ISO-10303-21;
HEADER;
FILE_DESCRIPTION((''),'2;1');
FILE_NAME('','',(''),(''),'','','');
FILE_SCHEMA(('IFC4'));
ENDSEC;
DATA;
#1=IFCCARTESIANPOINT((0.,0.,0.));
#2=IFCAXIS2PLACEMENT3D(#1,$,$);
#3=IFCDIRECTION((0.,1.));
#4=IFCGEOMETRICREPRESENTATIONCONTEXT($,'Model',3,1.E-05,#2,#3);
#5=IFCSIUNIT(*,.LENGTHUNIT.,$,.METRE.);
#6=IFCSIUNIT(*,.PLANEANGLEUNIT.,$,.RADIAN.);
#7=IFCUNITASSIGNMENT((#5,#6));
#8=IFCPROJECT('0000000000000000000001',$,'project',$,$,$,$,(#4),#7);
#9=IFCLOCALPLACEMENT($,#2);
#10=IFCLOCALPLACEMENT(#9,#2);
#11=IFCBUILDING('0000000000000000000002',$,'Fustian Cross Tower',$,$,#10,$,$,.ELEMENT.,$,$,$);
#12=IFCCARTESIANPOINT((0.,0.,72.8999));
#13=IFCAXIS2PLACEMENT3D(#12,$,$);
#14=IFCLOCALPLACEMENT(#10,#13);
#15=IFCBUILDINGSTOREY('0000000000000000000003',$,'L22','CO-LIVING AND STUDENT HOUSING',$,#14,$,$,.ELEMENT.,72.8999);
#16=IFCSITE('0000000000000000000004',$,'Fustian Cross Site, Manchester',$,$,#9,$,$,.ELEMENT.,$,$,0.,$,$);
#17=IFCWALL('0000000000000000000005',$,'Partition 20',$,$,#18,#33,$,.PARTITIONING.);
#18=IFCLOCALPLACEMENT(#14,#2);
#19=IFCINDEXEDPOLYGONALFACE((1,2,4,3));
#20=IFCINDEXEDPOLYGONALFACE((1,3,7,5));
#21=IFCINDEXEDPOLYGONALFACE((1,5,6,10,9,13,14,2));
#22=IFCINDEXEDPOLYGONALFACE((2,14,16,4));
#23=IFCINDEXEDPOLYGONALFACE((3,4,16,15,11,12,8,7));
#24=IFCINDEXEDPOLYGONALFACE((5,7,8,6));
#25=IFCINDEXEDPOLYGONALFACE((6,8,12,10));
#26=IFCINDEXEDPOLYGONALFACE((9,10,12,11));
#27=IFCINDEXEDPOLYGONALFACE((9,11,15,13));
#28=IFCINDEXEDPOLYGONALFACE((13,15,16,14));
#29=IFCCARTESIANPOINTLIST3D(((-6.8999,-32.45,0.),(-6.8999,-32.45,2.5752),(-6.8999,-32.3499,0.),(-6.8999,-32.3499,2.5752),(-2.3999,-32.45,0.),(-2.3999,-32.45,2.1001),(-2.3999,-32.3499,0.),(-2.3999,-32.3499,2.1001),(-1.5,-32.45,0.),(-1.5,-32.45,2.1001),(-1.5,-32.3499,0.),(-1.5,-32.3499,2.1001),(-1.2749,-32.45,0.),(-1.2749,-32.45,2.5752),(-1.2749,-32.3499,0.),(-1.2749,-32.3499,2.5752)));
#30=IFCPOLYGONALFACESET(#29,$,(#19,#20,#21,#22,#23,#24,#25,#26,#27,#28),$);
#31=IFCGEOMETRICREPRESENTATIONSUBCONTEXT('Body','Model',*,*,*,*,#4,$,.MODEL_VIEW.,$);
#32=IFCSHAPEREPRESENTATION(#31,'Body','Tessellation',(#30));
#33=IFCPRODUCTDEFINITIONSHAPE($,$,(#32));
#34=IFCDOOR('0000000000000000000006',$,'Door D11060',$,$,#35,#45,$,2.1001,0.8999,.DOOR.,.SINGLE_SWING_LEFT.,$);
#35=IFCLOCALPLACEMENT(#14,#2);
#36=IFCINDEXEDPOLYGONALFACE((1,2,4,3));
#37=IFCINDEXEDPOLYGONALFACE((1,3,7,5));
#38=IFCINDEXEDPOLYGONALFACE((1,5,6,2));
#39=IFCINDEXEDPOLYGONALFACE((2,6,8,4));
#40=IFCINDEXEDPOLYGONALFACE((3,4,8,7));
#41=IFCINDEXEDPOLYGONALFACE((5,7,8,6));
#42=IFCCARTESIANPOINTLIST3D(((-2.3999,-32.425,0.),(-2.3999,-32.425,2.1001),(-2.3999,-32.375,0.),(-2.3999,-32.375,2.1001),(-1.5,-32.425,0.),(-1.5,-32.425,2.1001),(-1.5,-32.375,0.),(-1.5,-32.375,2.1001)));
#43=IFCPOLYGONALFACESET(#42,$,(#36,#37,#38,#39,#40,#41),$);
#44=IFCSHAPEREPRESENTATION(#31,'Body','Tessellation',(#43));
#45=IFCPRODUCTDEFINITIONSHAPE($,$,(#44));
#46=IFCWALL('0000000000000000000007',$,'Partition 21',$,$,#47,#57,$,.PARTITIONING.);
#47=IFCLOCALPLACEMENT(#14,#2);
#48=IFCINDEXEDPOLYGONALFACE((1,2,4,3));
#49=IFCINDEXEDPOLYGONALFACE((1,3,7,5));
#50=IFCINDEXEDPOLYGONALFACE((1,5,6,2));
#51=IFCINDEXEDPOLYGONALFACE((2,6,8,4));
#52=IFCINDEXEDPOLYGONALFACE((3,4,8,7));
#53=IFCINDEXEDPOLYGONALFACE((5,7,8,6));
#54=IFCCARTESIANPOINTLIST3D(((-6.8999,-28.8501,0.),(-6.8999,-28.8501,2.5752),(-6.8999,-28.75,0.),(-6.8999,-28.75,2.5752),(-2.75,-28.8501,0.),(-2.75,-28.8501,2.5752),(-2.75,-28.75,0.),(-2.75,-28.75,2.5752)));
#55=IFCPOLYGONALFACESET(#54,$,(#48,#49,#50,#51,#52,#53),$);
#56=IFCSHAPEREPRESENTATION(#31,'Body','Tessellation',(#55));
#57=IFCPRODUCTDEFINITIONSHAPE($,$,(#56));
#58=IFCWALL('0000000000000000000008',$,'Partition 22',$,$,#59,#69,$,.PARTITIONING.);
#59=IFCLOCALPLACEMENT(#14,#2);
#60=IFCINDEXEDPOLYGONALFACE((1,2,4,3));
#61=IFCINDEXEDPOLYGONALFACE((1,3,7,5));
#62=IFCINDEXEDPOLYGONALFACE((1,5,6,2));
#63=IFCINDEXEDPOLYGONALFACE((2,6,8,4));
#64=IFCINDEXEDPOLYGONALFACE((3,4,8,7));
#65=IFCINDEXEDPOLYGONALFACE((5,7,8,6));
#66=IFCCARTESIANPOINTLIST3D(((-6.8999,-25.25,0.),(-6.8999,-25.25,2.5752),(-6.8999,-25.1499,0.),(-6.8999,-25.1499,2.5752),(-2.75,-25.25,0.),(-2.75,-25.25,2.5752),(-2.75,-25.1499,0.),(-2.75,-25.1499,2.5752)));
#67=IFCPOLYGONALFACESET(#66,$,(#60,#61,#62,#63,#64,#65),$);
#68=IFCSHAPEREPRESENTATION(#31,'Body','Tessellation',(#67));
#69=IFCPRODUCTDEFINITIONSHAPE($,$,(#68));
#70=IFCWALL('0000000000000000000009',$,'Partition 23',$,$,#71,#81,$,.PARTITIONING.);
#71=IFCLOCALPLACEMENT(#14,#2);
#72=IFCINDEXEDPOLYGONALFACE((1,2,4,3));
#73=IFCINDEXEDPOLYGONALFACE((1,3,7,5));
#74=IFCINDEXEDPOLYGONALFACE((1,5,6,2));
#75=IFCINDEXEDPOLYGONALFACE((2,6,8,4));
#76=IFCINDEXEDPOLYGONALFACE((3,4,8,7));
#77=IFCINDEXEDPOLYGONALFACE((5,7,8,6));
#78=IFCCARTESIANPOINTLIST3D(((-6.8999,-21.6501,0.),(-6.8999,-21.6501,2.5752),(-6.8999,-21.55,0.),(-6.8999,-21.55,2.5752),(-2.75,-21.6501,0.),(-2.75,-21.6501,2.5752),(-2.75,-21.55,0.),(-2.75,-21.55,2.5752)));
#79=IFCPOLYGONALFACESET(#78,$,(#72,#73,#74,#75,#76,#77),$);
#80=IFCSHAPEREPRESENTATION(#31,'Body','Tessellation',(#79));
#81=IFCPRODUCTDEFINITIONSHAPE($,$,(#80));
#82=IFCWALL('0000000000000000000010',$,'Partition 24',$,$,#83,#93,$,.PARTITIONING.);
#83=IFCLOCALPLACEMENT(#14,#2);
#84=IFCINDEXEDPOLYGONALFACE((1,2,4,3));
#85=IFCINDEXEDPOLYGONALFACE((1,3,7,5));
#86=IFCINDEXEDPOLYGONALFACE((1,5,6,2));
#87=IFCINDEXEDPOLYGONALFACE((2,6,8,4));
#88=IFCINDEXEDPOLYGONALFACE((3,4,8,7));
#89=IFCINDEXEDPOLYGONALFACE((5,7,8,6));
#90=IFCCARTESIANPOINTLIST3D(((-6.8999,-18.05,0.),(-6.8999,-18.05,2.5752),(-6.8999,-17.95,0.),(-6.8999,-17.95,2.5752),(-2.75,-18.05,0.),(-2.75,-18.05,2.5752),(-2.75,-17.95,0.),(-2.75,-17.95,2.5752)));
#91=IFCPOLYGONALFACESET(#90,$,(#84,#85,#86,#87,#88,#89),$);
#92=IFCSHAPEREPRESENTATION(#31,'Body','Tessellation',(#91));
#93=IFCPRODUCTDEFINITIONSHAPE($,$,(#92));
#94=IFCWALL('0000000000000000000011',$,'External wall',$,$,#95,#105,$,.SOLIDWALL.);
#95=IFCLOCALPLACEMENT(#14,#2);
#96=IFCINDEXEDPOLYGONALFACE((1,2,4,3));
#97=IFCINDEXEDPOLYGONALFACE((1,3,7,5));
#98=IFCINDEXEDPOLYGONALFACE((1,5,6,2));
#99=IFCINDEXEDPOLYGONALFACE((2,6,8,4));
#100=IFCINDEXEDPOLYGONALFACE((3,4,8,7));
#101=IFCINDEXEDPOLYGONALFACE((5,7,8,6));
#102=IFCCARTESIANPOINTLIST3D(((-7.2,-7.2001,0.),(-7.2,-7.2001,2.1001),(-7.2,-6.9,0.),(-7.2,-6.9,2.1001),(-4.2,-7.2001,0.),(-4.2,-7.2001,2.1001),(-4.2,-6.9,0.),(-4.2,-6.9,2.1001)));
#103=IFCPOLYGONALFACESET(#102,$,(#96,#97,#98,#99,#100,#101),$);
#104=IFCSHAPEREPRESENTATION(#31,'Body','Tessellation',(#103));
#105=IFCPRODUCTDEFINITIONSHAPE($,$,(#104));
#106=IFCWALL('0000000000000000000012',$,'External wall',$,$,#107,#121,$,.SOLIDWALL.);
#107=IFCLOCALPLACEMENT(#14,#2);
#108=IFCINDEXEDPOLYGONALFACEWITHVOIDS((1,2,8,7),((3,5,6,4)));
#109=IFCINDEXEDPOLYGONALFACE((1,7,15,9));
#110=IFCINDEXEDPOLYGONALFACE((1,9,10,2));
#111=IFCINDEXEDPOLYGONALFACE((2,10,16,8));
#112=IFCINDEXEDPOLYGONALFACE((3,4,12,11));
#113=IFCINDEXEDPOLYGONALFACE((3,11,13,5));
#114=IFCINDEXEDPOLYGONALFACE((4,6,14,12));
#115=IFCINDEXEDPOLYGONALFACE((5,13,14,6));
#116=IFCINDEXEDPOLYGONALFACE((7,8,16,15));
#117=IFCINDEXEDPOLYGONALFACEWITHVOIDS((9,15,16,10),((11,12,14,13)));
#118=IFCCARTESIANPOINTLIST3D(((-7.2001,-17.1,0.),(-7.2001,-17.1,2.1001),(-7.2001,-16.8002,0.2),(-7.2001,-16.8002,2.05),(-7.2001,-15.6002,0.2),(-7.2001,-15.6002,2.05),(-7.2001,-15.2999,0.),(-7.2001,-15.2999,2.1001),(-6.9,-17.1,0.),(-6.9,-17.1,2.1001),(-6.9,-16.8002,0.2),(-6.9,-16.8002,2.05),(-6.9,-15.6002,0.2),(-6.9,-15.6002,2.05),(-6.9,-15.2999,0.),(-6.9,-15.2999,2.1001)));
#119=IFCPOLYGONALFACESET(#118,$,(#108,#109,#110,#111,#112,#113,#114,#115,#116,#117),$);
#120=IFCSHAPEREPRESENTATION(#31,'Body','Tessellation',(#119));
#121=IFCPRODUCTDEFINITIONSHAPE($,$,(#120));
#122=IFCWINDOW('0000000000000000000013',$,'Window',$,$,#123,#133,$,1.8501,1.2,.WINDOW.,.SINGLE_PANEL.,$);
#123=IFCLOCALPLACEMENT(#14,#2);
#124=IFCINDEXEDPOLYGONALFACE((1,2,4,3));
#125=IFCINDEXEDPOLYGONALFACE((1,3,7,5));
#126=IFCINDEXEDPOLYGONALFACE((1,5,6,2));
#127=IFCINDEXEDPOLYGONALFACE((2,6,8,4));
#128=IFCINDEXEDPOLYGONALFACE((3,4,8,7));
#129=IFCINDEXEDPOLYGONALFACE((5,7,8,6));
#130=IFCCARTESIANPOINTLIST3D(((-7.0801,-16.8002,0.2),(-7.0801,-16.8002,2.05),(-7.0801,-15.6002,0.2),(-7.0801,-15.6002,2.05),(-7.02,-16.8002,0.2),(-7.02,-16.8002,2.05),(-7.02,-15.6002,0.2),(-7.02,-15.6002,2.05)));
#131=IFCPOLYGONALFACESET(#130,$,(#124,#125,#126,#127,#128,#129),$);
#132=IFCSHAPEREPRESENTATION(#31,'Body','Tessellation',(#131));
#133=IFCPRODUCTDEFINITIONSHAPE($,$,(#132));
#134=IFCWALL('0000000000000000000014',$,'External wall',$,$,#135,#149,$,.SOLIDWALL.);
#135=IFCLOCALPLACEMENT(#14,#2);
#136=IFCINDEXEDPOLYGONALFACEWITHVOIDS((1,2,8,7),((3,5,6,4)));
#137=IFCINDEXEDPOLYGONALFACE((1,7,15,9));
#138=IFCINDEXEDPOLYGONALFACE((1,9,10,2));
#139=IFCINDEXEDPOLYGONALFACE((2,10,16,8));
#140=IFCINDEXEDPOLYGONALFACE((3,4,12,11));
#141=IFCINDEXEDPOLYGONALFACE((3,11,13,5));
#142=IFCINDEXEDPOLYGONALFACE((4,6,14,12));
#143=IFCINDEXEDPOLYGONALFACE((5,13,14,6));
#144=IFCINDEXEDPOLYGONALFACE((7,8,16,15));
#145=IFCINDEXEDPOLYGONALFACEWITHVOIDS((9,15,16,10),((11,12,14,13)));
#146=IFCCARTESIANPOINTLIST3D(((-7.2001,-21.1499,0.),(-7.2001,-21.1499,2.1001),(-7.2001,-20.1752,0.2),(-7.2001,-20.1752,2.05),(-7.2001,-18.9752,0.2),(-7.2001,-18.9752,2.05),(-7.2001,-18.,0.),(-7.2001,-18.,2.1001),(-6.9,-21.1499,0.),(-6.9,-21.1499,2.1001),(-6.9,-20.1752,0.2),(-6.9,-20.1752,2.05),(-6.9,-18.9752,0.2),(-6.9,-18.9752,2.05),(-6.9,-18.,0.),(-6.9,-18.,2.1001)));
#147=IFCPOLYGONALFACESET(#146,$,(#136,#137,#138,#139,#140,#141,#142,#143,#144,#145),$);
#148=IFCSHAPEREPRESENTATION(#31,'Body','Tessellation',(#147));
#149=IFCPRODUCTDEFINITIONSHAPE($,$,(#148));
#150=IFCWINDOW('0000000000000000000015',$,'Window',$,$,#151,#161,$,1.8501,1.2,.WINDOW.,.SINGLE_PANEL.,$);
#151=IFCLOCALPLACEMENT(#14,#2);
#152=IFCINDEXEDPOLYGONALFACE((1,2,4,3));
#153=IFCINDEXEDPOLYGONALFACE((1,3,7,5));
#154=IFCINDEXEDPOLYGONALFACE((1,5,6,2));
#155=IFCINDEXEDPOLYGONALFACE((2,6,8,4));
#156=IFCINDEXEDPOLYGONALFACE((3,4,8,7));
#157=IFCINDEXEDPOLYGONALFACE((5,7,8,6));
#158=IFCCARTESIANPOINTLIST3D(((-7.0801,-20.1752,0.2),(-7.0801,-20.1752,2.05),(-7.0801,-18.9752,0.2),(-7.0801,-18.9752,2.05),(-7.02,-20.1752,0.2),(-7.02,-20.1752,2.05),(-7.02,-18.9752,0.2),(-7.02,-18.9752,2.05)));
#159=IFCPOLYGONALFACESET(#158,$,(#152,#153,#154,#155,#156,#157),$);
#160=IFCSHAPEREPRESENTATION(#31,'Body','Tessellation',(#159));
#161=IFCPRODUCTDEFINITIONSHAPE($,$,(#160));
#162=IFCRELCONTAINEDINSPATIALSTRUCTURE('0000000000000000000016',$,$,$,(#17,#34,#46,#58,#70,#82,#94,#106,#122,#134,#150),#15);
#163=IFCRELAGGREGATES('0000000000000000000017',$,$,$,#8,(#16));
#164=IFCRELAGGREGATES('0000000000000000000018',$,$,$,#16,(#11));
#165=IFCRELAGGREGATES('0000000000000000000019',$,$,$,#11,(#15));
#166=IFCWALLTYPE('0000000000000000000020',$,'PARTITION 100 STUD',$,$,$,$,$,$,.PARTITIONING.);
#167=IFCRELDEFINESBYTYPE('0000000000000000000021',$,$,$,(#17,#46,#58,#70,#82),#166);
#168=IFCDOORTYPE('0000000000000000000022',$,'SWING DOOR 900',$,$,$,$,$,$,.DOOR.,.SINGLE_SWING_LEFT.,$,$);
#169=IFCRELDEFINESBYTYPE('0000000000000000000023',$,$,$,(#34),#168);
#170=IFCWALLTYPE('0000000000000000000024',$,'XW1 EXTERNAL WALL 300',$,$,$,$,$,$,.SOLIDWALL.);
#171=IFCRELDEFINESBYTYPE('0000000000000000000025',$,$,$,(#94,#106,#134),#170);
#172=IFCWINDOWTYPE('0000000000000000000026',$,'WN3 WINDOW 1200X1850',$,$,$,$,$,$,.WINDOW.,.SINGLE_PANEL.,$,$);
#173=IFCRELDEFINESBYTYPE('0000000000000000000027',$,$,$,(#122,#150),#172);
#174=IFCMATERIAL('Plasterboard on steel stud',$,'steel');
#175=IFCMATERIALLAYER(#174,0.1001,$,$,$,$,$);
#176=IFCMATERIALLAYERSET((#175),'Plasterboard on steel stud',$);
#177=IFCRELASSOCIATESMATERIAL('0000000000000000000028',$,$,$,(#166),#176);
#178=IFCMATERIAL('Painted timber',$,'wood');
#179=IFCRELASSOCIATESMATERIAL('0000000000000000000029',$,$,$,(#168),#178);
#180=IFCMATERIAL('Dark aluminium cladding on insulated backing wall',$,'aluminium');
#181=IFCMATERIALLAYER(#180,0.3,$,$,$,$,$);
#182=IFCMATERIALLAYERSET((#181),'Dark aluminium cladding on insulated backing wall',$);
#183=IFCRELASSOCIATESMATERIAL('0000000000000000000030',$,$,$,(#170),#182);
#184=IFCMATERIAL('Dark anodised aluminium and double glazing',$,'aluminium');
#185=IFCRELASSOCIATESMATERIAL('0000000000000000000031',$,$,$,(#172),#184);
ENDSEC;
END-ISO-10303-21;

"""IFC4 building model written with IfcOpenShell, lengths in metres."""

from ifc_helpers import new_model, si_unit, direction, frame, frame_2d, origin, place, context, subcontext, project, spatial, rectangle, extrude, material, layer, layer_set, type_object, element, fill, save


model = new_model("IFC4")

# Units and contexts
model_context = context("Model", 3, precision=1e-05, world=origin(), true_north=direction((0.0, 1.0)))
body_context = subcontext(model_context, "Body", "Model", "MODEL_VIEW")
ifc_project = project(units=[si_unit("LENGTHUNIT", "METRE"), si_unit("PLANEANGLEUNIT", "RADIAN")], contexts=[model_context])

# Site, building, storey
site_placement = place(None, origin())
site = spatial("IfcSite", under=ifc_project, at=site_placement, Name="Fustian Cross Site, Manchester", CompositionType="ELEMENT", RefElevation=0.0)
building_placement = place(site_placement, origin())
building = spatial("IfcBuilding", under=site, at=building_placement, Name="Fustian Cross Tower", CompositionType="ELEMENT")
storey_placement = place(building_placement, frame((0.0, 0.0, 72.8999)))
storey = spatial("IfcBuildingStorey", under=building, at=storey_placement, Name="L22", Description="CO-LIVING AND STUDENT HOUSING", CompositionType="ELEMENT", Elevation=72.8999)

# Shared definitions
ifc_material_1 = material(Name="Plasterboard on steel stud", Category="steel")
ifc_layer_1 = layer(ifc_material_1, 0.1001)
ifc_layer_set_1 = layer_set([ifc_layer_1], Name="Plasterboard on steel stud")
wall_type_1 = type_object("IfcWallType", Name="PARTITION 100 STUD", PredefinedType="PARTITIONING", material=ifc_layer_set_1)

# Wall, opening, door
wall_1_placement = place(storey_placement, frame((-6.8999, -32.3999, 0.0), z_axis=(0.0, 0.0, 1.0), x_axis=(1.0, 0.0, 0.0)))
wall_1 = element("IfcWall", 1, at=wall_1_placement, inside=storey, type_object=wall_type_1, Name="Partition 20", PredefinedType="PARTITIONING", context=body_context, shape_type="SweptSolid", body=[
    extrude(rectangle(XDim=5.625, YDim=0.1001, at=frame_2d((2.8125, 0.0))), origin(), (0.0, 0.0, 1.0), 2.5752),
])
opening_1_placement = place(wall_1_placement, frame((4.5, 0.0, 0.0)))
opening_1 = element("IfcOpeningElement", 2, at=opening_1_placement, cuts=wall_1, PredefinedType="OPENING", context=body_context, shape_type="SweptSolid", body=[
    extrude(rectangle(XDim=0.8999, YDim=2.1001, at=frame_2d((0.45, 1.05))), frame((0.0, 0.0601, 0.0), z_axis=(0.0, -1.0, 0.0), x_axis=(1.0, 0.0, 0.0)), (0.0, 0.0, 1.0), 0.1201),
])
ifc_material_2 = material(Name="Painted timber", Category="wood")
door_type_1 = type_object("IfcDoorType", Name="SWING DOOR 900", OperationType="SINGLE_SWING_LEFT", PredefinedType="DOOR", material=ifc_material_2)
door_1_placement = place(opening_1_placement, origin())
door_1 = element("IfcDoor", 3, at=door_1_placement, inside=storey, type_object=door_type_1, Name="Door D11060", OperationType="SINGLE_SWING_LEFT", OverallHeight=2.1001, OverallWidth=0.8999, PredefinedType="DOOR", context=body_context, shape_type="SweptSolid", body=[
    extrude(rectangle(XDim=0.8999, YDim=2.1001, at=frame_2d((0.45, 1.05))), frame((0.0, 0.0249, 0.0), z_axis=(0.0, -1.0, 0.0), x_axis=(1.0, 0.0, 0.0)), (0.0, 0.0, 1.0), 0.05),
])
fill(opening_1, door_1)

# Walls
for number, where, z_axis, x_axis, name in (
    (4, (-6.8999, -28.8, 0.0), (0.0, 0.0, 1.0), (1.0, 0.0, 0.0), "Partition 21"),
    (5, (-6.8999, -25.2, 0.0), (0.0, 0.0, 1.0), (1.0, 0.0, 0.0), "Partition 22"),
    (6, (-6.8999, -21.6001, 0.0), (0.0, 0.0, 1.0), (1.0, 0.0, 0.0), "Partition 23"),
    (7, (-6.8999, -18.0, 0.0), (0.0, 0.0, 1.0), (1.0, 0.0, 0.0), "Partition 24"),
):
    element("IfcWall", number, at=place(storey_placement, frame(where, z_axis=z_axis, x_axis=x_axis)), inside=storey, type_object=wall_type_1, Name=name, PredefinedType="PARTITIONING", context=body_context, shape_type="SweptSolid", body=[
        extrude(rectangle(XDim=4.1499, YDim=0.1001, at=frame_2d((2.075, 0.0))), origin(), (0.0, 0.0, 1.0), 2.5752),
    ])
ifc_material_3 = material(Name="Dark aluminium cladding on insulated backing wall", Category="aluminium")
ifc_layer_2 = layer(ifc_material_3, 0.3)
ifc_layer_set_2 = layer_set([ifc_layer_2], Name="Dark aluminium cladding on insulated backing wall")
wall_type_2 = type_object("IfcWallType", Name="XW1 EXTERNAL WALL 300", PredefinedType="SOLIDWALL", material=ifc_layer_set_2)
wall_2_placement = place(storey_placement, frame((-7.2, -7.05, 0.0), z_axis=(0.0, 0.0, 1.0), x_axis=(1.0, 0.0, 0.0)))
element("IfcWall", 8, at=wall_2_placement, inside=storey, type_object=wall_type_2, Name="External wall", PredefinedType="SOLIDWALL", context=body_context, shape_type="SweptSolid", body=[
    extrude(rectangle(XDim=3.0, YDim=0.3, at=frame_2d((1.5, 0.0))), origin(), (0.0, 0.0, 1.0), 2.1001),
])

# Walls, openings, windows
wall_3_placement = place(storey_placement, frame((-7.05, -15.3, 0.0), z_axis=(0.0, 0.0, 1.0), x_axis=(0.0, -1.0, 0.0)))
wall_3 = element("IfcWall", 9, at=wall_3_placement, inside=storey, type_object=wall_type_2, Name="External wall", PredefinedType="SOLIDWALL", context=body_context, shape_type="SweptSolid", body=[
    extrude(rectangle(XDim=1.8, YDim=0.3, at=frame_2d((0.8999, 0.0))), origin(), (0.0, 0.0, 1.0), 2.1001),
])
opening_2_placement = place(wall_3_placement, frame((0.3, 0.0, 0.2)))
opening_2 = element("IfcOpeningElement", 10, at=opening_2_placement, cuts=wall_3, PredefinedType="OPENING", context=body_context, shape_type="SweptSolid", body=[
    extrude(rectangle(XDim=1.2, YDim=1.8501, at=frame_2d((0.6001, 0.925))), frame((0.0, 0.1599, 0.0), z_axis=(0.0, -1.0, 0.0), x_axis=(1.0, 0.0, 0.0)), (0.0, 0.0, 1.0), 0.3201),
])
ifc_material_4 = material(Name="Dark anodised aluminium and double glazing", Category="aluminium")
window_type_1 = type_object("IfcWindowType", Name="WN3 WINDOW 1200X1850", PartitioningType="SINGLE_PANEL", PredefinedType="WINDOW", material=ifc_material_4)
window_1_placement = place(opening_2_placement, origin())
window_1 = element("IfcWindow", 11, at=window_1_placement, inside=storey, type_object=window_type_1, Name="Window", OverallHeight=1.8501, OverallWidth=1.2, PartitioningType="SINGLE_PANEL", PredefinedType="WINDOW", context=body_context, shape_type="SweptSolid", body=[
    extrude(rectangle(XDim=1.2, YDim=1.8501, at=frame_2d((0.6001, 0.925))), frame((0.0, 0.03, 0.0), z_axis=(0.0, -1.0, 0.0), x_axis=(1.0, 0.0, 0.0)), (0.0, 0.0, 1.0), 0.0601),
])
fill(opening_2, window_1)
wall_4_placement = place(storey_placement, frame((-7.05, -18.0, 0.0), z_axis=(0.0, 0.0, 1.0), x_axis=(0.0, -1.0, 0.0)))
wall_4 = element("IfcWall", 12, at=wall_4_placement, inside=storey, type_object=wall_type_2, Name="External wall", PredefinedType="SOLIDWALL", context=body_context, shape_type="SweptSolid", body=[
    extrude(rectangle(XDim=3.1499, YDim=0.3, at=frame_2d((1.575, 0.0))), origin(), (0.0, 0.0, 1.0), 2.1001),
])
opening_3_placement = place(wall_4_placement, frame((0.9751, 0.0, 0.2)))
opening_3 = element("IfcOpeningElement", 13, at=opening_3_placement, cuts=wall_4, PredefinedType="OPENING", context=body_context, shape_type="SweptSolid", body=[
    extrude(rectangle(XDim=1.2, YDim=1.8501, at=frame_2d((0.6001, 0.925))), frame((0.0, 0.1599, 0.0), z_axis=(0.0, -1.0, 0.0), x_axis=(1.0, 0.0, 0.0)), (0.0, 0.0, 1.0), 0.3201),
])
window_2_placement = place(opening_3_placement, origin())
window_2 = element("IfcWindow", 14, at=window_2_placement, inside=storey, type_object=window_type_1, Name="Window", OverallHeight=1.8501, OverallWidth=1.2, PartitioningType="SINGLE_PANEL", PredefinedType="WINDOW", context=body_context, shape_type="SweptSolid", body=[
    extrude(rectangle(XDim=1.2, YDim=1.8501, at=frame_2d((0.6001, 0.925))), frame((0.0, 0.03, 0.0), z_axis=(0.0, -1.0, 0.0), x_axis=(1.0, 0.0, 0.0)), (0.0, 0.0, 1.0), 0.0601),
])
fill(opening_3, window_2)

save(model, "model.ifc")
